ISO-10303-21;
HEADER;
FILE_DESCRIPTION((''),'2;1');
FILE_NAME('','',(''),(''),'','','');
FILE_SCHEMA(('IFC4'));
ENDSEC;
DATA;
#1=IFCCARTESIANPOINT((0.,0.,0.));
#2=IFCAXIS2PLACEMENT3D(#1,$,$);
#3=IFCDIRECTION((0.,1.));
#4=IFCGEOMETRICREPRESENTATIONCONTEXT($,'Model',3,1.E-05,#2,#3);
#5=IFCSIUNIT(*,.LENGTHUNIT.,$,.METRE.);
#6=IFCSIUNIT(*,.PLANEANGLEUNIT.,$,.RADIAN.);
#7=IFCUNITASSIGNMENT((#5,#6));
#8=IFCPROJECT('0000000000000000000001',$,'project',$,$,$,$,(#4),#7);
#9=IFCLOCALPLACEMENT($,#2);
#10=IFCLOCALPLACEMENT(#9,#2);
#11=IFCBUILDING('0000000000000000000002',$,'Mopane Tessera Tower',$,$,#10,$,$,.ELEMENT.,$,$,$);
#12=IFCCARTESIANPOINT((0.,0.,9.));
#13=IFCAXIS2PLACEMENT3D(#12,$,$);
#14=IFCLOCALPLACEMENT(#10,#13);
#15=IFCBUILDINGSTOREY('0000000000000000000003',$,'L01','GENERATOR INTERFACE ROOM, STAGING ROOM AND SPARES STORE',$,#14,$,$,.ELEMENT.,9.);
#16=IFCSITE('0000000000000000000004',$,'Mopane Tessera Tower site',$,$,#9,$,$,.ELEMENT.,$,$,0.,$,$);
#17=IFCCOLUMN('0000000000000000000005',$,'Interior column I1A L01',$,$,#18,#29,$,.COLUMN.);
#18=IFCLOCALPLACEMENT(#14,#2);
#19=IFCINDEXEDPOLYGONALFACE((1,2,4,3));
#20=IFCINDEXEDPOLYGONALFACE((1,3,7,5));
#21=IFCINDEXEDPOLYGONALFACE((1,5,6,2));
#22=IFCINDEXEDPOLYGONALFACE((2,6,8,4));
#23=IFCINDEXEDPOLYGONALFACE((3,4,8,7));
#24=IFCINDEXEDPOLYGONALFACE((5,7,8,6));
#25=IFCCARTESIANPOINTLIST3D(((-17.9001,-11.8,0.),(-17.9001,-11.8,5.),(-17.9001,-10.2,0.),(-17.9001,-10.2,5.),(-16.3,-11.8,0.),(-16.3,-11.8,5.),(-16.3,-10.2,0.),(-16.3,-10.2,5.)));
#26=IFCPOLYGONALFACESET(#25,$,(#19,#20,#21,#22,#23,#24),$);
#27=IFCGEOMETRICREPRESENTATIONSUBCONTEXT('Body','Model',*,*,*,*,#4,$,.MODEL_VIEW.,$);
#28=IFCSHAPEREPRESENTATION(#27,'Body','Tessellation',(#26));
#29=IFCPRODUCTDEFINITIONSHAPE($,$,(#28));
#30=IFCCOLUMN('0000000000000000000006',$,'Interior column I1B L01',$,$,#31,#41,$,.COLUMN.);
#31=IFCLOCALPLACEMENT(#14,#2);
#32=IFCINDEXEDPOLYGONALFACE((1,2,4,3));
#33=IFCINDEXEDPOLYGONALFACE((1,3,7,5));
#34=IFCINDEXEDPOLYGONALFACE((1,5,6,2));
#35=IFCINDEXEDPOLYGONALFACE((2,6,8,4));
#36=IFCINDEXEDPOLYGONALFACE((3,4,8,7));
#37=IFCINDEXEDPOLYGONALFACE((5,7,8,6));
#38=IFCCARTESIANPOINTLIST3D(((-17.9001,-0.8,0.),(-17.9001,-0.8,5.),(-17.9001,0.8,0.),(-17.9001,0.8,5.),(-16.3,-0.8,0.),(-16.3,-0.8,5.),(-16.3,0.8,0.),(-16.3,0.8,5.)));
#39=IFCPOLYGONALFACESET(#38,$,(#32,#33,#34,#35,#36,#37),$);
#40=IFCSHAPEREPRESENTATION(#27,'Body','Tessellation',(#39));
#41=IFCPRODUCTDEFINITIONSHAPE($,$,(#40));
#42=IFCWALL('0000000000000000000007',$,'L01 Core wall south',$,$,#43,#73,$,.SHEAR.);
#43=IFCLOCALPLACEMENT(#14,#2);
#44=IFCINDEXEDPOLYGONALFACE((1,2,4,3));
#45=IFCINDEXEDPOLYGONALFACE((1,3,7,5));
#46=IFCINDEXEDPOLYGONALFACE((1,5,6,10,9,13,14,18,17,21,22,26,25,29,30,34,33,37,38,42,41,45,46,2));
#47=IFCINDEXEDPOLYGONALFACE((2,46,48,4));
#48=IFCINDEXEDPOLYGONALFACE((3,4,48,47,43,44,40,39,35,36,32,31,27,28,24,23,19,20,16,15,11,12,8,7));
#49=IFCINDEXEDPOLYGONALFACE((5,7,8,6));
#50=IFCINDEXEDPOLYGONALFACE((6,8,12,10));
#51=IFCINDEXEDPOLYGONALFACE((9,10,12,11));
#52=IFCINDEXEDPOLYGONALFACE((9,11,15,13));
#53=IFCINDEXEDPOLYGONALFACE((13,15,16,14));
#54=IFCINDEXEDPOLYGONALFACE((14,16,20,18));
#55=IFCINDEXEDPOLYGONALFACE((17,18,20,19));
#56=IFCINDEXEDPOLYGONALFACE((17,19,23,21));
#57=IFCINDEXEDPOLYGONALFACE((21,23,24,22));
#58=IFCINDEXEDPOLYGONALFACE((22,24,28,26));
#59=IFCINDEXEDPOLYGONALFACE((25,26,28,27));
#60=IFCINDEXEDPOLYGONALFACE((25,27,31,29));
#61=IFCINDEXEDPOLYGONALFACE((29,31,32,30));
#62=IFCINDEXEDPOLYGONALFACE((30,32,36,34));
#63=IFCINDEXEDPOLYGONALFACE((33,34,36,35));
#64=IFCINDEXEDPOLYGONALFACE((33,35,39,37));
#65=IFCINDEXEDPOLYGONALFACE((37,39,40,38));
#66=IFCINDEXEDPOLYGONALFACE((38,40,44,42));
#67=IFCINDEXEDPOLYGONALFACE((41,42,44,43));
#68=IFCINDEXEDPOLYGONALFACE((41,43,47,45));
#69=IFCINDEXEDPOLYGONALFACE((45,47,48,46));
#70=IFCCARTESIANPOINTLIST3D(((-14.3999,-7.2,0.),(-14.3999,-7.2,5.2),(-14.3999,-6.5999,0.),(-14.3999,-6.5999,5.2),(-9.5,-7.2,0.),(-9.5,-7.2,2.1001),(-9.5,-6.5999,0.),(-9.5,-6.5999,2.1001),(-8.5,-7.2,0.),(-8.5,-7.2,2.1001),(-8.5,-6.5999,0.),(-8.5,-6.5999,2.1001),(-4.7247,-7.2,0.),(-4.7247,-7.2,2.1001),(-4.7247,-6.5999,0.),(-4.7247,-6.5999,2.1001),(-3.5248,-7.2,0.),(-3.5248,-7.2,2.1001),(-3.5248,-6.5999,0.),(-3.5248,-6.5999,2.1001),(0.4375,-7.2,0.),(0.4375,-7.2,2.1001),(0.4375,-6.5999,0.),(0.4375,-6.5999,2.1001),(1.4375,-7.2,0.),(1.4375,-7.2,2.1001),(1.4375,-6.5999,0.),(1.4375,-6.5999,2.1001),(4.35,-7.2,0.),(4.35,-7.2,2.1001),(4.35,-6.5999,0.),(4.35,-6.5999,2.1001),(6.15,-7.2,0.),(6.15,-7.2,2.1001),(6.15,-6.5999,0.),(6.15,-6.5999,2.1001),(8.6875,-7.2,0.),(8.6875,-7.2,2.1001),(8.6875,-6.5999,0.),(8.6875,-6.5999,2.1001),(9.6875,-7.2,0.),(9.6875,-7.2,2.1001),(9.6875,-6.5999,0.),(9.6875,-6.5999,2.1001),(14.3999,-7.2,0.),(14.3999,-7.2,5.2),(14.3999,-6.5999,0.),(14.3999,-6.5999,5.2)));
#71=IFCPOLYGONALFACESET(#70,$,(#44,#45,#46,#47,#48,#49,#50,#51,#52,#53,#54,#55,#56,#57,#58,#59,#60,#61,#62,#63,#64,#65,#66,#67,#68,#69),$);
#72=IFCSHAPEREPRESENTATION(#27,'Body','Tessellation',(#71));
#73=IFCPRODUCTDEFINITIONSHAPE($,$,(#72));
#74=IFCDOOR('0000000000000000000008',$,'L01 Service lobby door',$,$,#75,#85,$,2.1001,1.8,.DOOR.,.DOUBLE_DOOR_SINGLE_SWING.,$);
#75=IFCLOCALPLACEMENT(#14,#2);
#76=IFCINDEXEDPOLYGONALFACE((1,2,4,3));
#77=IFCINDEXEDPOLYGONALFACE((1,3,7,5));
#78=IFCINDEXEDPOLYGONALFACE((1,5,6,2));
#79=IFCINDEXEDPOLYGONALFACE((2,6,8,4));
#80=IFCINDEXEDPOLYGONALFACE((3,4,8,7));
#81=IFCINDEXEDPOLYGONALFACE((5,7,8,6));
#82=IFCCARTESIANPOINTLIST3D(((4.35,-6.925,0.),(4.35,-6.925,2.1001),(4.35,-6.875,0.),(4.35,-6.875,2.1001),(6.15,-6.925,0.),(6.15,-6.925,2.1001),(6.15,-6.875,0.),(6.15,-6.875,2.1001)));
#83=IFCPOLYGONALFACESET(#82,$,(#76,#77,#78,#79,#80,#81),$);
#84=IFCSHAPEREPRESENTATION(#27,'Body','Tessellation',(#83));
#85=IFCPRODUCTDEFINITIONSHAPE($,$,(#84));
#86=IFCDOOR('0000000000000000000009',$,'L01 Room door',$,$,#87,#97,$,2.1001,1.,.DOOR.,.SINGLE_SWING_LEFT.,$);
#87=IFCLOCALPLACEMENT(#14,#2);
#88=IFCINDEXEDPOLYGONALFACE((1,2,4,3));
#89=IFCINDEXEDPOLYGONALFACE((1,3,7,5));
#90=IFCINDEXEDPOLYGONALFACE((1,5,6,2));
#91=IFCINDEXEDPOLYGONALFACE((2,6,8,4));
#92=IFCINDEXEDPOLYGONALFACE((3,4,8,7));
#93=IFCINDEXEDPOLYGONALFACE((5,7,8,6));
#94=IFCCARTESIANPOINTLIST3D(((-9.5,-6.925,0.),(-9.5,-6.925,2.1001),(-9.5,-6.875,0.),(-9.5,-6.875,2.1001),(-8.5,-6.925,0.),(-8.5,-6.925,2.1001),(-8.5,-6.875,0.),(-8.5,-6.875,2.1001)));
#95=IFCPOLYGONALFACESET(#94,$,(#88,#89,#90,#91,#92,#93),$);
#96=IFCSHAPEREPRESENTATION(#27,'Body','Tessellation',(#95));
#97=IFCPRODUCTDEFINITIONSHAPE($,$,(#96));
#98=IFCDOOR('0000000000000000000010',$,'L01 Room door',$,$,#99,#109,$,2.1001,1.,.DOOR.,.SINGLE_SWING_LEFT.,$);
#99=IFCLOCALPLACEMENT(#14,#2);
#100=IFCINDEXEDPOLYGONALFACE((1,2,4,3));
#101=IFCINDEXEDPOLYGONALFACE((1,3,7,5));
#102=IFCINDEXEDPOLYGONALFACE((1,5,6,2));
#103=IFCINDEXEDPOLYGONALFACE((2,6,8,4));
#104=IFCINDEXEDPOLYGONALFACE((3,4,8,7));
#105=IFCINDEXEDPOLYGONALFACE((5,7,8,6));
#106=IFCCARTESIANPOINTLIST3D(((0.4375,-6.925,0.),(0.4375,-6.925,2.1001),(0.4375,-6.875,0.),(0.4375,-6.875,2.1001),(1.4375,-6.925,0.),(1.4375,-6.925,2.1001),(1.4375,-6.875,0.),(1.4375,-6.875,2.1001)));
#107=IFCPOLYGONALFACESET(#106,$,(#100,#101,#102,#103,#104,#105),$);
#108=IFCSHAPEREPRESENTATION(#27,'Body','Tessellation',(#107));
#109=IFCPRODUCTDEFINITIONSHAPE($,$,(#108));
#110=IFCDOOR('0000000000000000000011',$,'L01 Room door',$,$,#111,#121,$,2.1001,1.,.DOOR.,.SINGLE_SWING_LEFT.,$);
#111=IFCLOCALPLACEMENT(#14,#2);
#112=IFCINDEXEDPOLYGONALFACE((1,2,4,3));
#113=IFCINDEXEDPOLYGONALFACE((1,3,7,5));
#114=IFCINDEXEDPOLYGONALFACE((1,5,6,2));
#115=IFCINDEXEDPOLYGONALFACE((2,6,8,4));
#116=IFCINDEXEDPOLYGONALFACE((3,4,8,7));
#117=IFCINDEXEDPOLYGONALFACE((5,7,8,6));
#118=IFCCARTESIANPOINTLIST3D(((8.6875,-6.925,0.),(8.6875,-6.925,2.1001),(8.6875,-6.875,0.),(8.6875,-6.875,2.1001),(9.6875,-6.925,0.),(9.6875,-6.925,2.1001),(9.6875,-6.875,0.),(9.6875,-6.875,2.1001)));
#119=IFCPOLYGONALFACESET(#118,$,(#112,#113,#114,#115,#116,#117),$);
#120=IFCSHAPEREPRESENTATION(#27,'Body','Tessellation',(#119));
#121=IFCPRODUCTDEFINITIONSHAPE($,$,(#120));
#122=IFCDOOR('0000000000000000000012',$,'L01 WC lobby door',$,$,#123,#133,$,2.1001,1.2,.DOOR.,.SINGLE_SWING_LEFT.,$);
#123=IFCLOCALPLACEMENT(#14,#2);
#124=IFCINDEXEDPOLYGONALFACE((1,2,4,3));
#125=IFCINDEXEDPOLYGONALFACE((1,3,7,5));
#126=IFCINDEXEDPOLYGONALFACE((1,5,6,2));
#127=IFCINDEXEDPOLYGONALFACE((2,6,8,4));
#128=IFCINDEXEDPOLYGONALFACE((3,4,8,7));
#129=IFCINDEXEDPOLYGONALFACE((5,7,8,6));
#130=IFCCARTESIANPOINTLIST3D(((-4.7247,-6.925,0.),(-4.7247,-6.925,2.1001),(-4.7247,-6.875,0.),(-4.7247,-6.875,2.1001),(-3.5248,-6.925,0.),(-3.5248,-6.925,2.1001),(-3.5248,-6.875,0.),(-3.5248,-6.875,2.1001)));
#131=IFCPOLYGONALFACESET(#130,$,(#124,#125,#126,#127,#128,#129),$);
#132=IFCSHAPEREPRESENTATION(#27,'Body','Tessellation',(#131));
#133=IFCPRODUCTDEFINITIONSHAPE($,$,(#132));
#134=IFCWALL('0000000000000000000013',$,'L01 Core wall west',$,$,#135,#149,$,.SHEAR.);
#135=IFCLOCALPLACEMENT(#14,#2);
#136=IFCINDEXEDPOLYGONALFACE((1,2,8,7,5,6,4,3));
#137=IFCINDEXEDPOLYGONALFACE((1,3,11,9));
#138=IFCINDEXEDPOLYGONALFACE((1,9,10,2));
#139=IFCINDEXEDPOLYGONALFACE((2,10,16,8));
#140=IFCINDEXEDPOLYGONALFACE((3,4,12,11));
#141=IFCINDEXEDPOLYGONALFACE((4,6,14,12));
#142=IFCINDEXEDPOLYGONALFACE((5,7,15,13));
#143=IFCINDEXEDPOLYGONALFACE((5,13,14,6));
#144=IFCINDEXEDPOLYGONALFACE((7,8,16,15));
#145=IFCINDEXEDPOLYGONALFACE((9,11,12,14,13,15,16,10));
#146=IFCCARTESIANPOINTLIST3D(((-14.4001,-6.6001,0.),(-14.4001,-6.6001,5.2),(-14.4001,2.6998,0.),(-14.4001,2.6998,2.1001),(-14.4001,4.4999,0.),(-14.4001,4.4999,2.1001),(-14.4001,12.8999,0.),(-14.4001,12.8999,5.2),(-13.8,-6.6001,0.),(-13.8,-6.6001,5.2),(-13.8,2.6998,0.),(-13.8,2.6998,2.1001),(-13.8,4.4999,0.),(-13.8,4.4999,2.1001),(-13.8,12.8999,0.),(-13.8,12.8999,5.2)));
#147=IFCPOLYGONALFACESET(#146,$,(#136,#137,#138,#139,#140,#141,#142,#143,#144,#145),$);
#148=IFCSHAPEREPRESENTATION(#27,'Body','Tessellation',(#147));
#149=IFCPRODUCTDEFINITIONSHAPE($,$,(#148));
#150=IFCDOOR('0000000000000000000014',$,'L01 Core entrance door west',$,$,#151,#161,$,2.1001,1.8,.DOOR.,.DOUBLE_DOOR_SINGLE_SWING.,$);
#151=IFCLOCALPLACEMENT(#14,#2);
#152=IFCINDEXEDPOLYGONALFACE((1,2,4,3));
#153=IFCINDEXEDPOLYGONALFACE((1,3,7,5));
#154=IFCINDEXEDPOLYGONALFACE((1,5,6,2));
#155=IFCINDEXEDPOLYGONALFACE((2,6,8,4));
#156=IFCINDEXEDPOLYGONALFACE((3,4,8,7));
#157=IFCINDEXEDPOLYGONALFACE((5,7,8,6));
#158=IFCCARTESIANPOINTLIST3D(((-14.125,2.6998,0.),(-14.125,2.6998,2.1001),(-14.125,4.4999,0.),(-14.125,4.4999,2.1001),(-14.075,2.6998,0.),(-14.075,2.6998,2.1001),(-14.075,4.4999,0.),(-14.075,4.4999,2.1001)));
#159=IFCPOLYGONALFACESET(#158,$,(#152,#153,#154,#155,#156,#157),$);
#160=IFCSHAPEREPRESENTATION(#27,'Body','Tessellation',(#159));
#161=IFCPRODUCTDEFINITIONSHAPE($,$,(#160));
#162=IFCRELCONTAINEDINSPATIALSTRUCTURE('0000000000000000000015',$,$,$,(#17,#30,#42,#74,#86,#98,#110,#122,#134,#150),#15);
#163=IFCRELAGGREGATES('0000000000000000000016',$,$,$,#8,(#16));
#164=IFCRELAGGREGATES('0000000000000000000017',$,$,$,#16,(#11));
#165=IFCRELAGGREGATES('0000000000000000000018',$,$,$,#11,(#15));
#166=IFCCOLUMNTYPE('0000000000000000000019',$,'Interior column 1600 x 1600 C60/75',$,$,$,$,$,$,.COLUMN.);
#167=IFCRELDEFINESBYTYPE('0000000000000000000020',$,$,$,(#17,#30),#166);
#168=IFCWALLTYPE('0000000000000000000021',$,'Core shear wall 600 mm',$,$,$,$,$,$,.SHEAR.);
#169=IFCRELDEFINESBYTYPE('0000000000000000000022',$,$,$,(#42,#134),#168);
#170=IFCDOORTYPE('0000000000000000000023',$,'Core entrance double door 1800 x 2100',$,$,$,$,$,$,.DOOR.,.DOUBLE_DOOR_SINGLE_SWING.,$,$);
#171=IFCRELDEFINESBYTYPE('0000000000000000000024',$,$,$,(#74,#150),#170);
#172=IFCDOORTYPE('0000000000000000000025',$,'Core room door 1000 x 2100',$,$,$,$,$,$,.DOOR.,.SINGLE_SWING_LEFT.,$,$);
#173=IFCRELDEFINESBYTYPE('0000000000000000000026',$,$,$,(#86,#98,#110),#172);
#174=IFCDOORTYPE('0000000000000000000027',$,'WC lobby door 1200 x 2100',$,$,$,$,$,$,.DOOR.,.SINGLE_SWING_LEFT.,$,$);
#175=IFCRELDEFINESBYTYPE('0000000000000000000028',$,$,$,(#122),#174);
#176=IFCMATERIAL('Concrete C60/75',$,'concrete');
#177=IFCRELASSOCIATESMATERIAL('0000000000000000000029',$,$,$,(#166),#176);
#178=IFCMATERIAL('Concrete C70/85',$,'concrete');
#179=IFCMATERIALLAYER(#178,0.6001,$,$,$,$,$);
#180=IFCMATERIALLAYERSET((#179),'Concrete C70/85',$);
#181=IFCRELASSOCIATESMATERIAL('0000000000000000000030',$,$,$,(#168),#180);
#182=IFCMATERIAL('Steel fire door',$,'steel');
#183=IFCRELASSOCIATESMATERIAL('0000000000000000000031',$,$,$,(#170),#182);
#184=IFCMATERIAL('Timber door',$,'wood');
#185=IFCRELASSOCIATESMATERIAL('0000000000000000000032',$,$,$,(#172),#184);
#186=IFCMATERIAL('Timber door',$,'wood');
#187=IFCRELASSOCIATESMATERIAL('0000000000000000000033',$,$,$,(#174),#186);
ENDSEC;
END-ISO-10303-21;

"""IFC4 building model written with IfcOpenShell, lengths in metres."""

from ifc_helpers import new_model, si_unit, direction, frame, frame_2d, origin, origin_2d, place, context, subcontext, project, spatial, rectangle, extrude, material, layer, layer_set, material_profile, profile_set, type_object, element, fill, save


model = new_model("IFC4")

# Units and contexts
model_context = context("Model", 3, precision=1e-05, world=origin(), true_north=direction((0.0, 1.0)))
body_context = subcontext(model_context, "Body", "Model", "MODEL_VIEW")
ifc_project = project(units=[si_unit("LENGTHUNIT", "METRE"), si_unit("PLANEANGLEUNIT", "RADIAN")], contexts=[model_context])

# Site, building, storey
site_placement = place(None, origin())
site = spatial("IfcSite", under=ifc_project, at=site_placement, Name="Mopane Tessera Tower site", CompositionType="ELEMENT", RefElevation=0.0)
building_placement = place(site_placement, origin())
building = spatial("IfcBuilding", under=site, at=building_placement, Name="Mopane Tessera Tower", CompositionType="ELEMENT")
storey_placement = place(building_placement, frame((0.0, 0.0, 9.0)))
storey = spatial("IfcBuildingStorey", under=building, at=storey_placement, Name="L01", Description="GENERATOR INTERFACE ROOM, STAGING ROOM AND SPARES STORE", CompositionType="ELEMENT", Elevation=9.0)

# Columns
ifc_material_1 = material(Name="Concrete C60/75", Category="concrete")
ifc_material_profile = material_profile(ifc_material_1, rectangle(XDim=1.6001, YDim=1.6001, at=origin_2d()))
ifc_profile_set = profile_set([ifc_material_profile], Name="Concrete C60/75")
column_type = type_object("IfcColumnType", Name="Interior column 1600 x 1600 C60/75", PredefinedType="COLUMN", material=ifc_profile_set)
for number, where, z_axis, x_axis, name in (
    (1, (-17.1001, -11.0, 0.0), (0.0, 0.0, 1.0), (1.0, 0.0, 0.0), "Interior column I1A L01"),
    (2, (-17.1001, 0.0, 0.0), (0.0, 0.0, 1.0), (1.0, 0.0, 0.0), "Interior column I1B L01"),
):
    element("IfcColumn", number, at=place(storey_placement, frame(where, z_axis=z_axis, x_axis=x_axis)), inside=storey, type_object=column_type, Name=name, PredefinedType="COLUMN", context=body_context, shape_type="SweptSolid", body=[
        extrude(rectangle(XDim=1.6001, YDim=1.6001, at=origin_2d()), origin(), (0.0, 0.0, 1.0), 5.0),
    ])

# Wall, openings, doors
ifc_material_2 = material(Name="Concrete C70/85", Category="concrete")
ifc_layer_1 = layer(ifc_material_2, 0.6001)
ifc_layer_set_1 = layer_set([ifc_layer_1], Name="Concrete C70/85")
wall_type_1 = type_object("IfcWallType", Name="Core shear wall 600 mm", PredefinedType="SHEAR", material=ifc_layer_set_1)
wall_1_placement = place(storey_placement, frame((-14.3999, -6.8999, 0.0), z_axis=(0.0, 0.0, 1.0), x_axis=(1.0, 0.0, 0.0)))
wall_1 = element("IfcWall", 3, at=wall_1_placement, inside=storey, type_object=wall_type_1, Name="L01 Core wall south", PredefinedType="SHEAR", context=body_context, shape_type="SweptSolid", body=[
    extrude(rectangle(XDim=28.7998, YDim=0.6001, at=frame_2d((14.3999, 0.0))), origin(), (0.0, 0.0, 1.0), 5.2),
])
opening_1_placement = place(wall_1_placement, frame((4.8999, 0.0, 0.0)))
opening_1 = element("IfcOpeningElement", 4, at=opening_1_placement, cuts=wall_1, PredefinedType="OPENING", context=body_context, shape_type="SweptSolid", body=[
    extrude(rectangle(XDim=1.0, YDim=2.1001, at=frame_2d((0.5, 1.05))), frame((0.0, 0.312, 0.0), z_axis=(0.0, -1.0, 0.0), x_axis=(1.0, 0.0, 0.0)), (0.0, 0.0, 1.0), 0.624),
])
opening_2_placement = place(wall_1_placement, frame((9.675, 0.0, 0.0)))
opening_2 = element("IfcOpeningElement", 5, at=opening_2_placement, cuts=wall_1, PredefinedType="OPENING", context=body_context, shape_type="SweptSolid", body=[
    extrude(rectangle(XDim=1.2, YDim=2.1001, at=frame_2d((0.6001, 1.05))), frame((0.0, 0.312, 0.0), z_axis=(0.0, -1.0, 0.0), x_axis=(1.0, 0.0, 0.0)), (0.0, 0.0, 1.0), 0.624),
])
opening_3_placement = place(wall_1_placement, frame((14.8374, 0.0, 0.0)))
opening_3 = element("IfcOpeningElement", 6, at=opening_3_placement, cuts=wall_1, PredefinedType="OPENING", context=body_context, shape_type="SweptSolid", body=[
    extrude(rectangle(XDim=1.0, YDim=2.1001, at=frame_2d((0.5, 1.05))), frame((0.0, 0.312, 0.0), z_axis=(0.0, -1.0, 0.0), x_axis=(1.0, 0.0, 0.0)), (0.0, 0.0, 1.0), 0.624),
])
opening_4_placement = place(wall_1_placement, frame((18.75, 0.0, 0.0)))
opening_4 = element("IfcOpeningElement", 7, at=opening_4_placement, cuts=wall_1, PredefinedType="OPENING", context=body_context, shape_type="SweptSolid", body=[
    extrude(rectangle(XDim=1.8, YDim=2.1001, at=frame_2d((0.8999, 1.05))), frame((0.0, 0.312, 0.0), z_axis=(0.0, -1.0, 0.0), x_axis=(1.0, 0.0, 0.0)), (0.0, 0.0, 1.0), 0.624),
])
opening_5_placement = place(wall_1_placement, frame((23.0874, 0.0, 0.0)))
opening_5 = element("IfcOpeningElement", 8, at=opening_5_placement, cuts=wall_1, PredefinedType="OPENING", context=body_context, shape_type="SweptSolid", body=[
    extrude(rectangle(XDim=1.0, YDim=2.1001, at=frame_2d((0.5, 1.05))), frame((0.0, 0.312, 0.0), z_axis=(0.0, -1.0, 0.0), x_axis=(1.0, 0.0, 0.0)), (0.0, 0.0, 1.0), 0.624),
])
ifc_material_3 = material(Name="Steel fire door", Category="steel")
door_type_1 = type_object("IfcDoorType", Name="Core entrance double door 1800 x 2100", OperationType="DOUBLE_DOOR_SINGLE_SWING", PredefinedType="DOOR", material=ifc_material_3)
door_1_placement = place(opening_4_placement, origin())
door_1 = element("IfcDoor", 9, at=door_1_placement, inside=storey, type_object=door_type_1, Name="L01 Service lobby door", OperationType="DOUBLE_DOOR_SINGLE_SWING", OverallHeight=2.1001, OverallWidth=1.8, PredefinedType="DOOR", context=body_context, shape_type="SweptSolid", body=[
    extrude(rectangle(XDim=1.8, YDim=2.1001, at=frame_2d((0.8999, 1.05))), frame((0.0, 0.0249, 0.0), z_axis=(0.0, -1.0, 0.0), x_axis=(1.0, 0.0, 0.0)), (0.0, 0.0, 1.0), 0.05),
])
fill(opening_4, door_1)
ifc_material_4 = material(Name="Timber door", Category="wood")
door_type_2 = type_object("IfcDoorType", Name="Core room door 1000 x 2100", OperationType="SINGLE_SWING_LEFT", PredefinedType="DOOR", material=ifc_material_4)
door_2_placement = place(opening_1_placement, origin())
door_2 = element("IfcDoor", 10, at=door_2_placement, inside=storey, type_object=door_type_2, Name="L01 Room door", OperationType="SINGLE_SWING_LEFT", OverallHeight=2.1001, OverallWidth=1.0, PredefinedType="DOOR", context=body_context, shape_type="SweptSolid", body=[
    extrude(rectangle(XDim=1.0, YDim=2.1001, at=frame_2d((0.5, 1.05))), frame((0.0, 0.0249, 0.0), z_axis=(0.0, -1.0, 0.0), x_axis=(1.0, 0.0, 0.0)), (0.0, 0.0, 1.0), 0.05),
])
fill(opening_1, door_2)
door_3_placement = place(opening_3_placement, origin())
door_3 = element("IfcDoor", 11, at=door_3_placement, inside=storey, type_object=door_type_2, Name="L01 Room door", OperationType="SINGLE_SWING_LEFT", OverallHeight=2.1001, OverallWidth=1.0, PredefinedType="DOOR", context=body_context, shape_type="SweptSolid", body=[
    extrude(rectangle(XDim=1.0, YDim=2.1001, at=frame_2d((0.5, 1.05))), frame((0.0, 0.0249, 0.0), z_axis=(0.0, -1.0, 0.0), x_axis=(1.0, 0.0, 0.0)), (0.0, 0.0, 1.0), 0.05),
])
fill(opening_3, door_3)
door_4_placement = place(opening_5_placement, origin())
door_4 = element("IfcDoor", 12, at=door_4_placement, inside=storey, type_object=door_type_2, Name="L01 Room door", OperationType="SINGLE_SWING_LEFT", OverallHeight=2.1001, OverallWidth=1.0, PredefinedType="DOOR", context=body_context, shape_type="SweptSolid", body=[
    extrude(rectangle(XDim=1.0, YDim=2.1001, at=frame_2d((0.5, 1.05))), frame((0.0, 0.0249, 0.0), z_axis=(0.0, -1.0, 0.0), x_axis=(1.0, 0.0, 0.0)), (0.0, 0.0, 1.0), 0.05),
])
fill(opening_5, door_4)
ifc_material_5 = material(Name="Timber door", Category="wood")
door_type_3 = type_object("IfcDoorType", Name="WC lobby door 1200 x 2100", OperationType="SINGLE_SWING_LEFT", PredefinedType="DOOR", material=ifc_material_5)
door_5_placement = place(opening_2_placement, origin())
door_5 = element("IfcDoor", 13, at=door_5_placement, inside=storey, type_object=door_type_3, Name="L01 WC lobby door", OperationType="SINGLE_SWING_LEFT", OverallHeight=2.1001, OverallWidth=1.2, PredefinedType="DOOR", context=body_context, shape_type="SweptSolid", body=[
    extrude(rectangle(XDim=1.2, YDim=2.1001, at=frame_2d((0.6001, 1.05))), frame((0.0, 0.0249, 0.0), z_axis=(0.0, -1.0, 0.0), x_axis=(1.0, 0.0, 0.0)), (0.0, 0.0, 1.0), 0.05),
])
fill(opening_2, door_5)

# Wall, opening, door
wall_2_placement = place(storey_placement, frame((-14.1001, -6.6001, 0.0), z_axis=(0.0, 0.0, 1.0), x_axis=(0.0, 1.0, 0.0)))
wall_2 = element("IfcWall", 14, at=wall_2_placement, inside=storey, type_object=wall_type_1, Name="L01 Core wall west", PredefinedType="SHEAR", context=body_context, shape_type="SweptSolid", body=[
    extrude(rectangle(XDim=19.5, YDim=0.6001, at=frame_2d((9.75, 0.0))), origin(), (0.0, 0.0, 1.0), 5.2),
])
opening_6_placement = place(wall_2_placement, frame((9.3, 0.0, 0.0)))
opening_6 = element("IfcOpeningElement", 15, at=opening_6_placement, cuts=wall_2, PredefinedType="OPENING", context=body_context, shape_type="SweptSolid", body=[
    extrude(rectangle(XDim=1.8, YDim=2.1001, at=frame_2d((0.8999, 1.05))), frame((0.0, 0.312, 0.0), z_axis=(0.0, -1.0, 0.0), x_axis=(1.0, 0.0, 0.0)), (0.0, 0.0, 1.0), 0.624),
])
door_6_placement = place(opening_6_placement, origin())
door_6 = element("IfcDoor", 16, at=door_6_placement, inside=storey, type_object=door_type_1, Name="L01 Core entrance door west", OperationType="DOUBLE_DOOR_SINGLE_SWING", OverallHeight=2.1001, OverallWidth=1.8, PredefinedType="DOOR", context=body_context, shape_type="SweptSolid", body=[
    extrude(rectangle(XDim=1.8, YDim=2.1001, at=frame_2d((0.8999, 1.05))), frame((0.0, 0.0249, 0.0), z_axis=(0.0, -1.0, 0.0), x_axis=(1.0, 0.0, 0.0)), (0.0, 0.0, 1.0), 0.05),
])
fill(opening_6, door_6)

save(model, "model.ifc")
